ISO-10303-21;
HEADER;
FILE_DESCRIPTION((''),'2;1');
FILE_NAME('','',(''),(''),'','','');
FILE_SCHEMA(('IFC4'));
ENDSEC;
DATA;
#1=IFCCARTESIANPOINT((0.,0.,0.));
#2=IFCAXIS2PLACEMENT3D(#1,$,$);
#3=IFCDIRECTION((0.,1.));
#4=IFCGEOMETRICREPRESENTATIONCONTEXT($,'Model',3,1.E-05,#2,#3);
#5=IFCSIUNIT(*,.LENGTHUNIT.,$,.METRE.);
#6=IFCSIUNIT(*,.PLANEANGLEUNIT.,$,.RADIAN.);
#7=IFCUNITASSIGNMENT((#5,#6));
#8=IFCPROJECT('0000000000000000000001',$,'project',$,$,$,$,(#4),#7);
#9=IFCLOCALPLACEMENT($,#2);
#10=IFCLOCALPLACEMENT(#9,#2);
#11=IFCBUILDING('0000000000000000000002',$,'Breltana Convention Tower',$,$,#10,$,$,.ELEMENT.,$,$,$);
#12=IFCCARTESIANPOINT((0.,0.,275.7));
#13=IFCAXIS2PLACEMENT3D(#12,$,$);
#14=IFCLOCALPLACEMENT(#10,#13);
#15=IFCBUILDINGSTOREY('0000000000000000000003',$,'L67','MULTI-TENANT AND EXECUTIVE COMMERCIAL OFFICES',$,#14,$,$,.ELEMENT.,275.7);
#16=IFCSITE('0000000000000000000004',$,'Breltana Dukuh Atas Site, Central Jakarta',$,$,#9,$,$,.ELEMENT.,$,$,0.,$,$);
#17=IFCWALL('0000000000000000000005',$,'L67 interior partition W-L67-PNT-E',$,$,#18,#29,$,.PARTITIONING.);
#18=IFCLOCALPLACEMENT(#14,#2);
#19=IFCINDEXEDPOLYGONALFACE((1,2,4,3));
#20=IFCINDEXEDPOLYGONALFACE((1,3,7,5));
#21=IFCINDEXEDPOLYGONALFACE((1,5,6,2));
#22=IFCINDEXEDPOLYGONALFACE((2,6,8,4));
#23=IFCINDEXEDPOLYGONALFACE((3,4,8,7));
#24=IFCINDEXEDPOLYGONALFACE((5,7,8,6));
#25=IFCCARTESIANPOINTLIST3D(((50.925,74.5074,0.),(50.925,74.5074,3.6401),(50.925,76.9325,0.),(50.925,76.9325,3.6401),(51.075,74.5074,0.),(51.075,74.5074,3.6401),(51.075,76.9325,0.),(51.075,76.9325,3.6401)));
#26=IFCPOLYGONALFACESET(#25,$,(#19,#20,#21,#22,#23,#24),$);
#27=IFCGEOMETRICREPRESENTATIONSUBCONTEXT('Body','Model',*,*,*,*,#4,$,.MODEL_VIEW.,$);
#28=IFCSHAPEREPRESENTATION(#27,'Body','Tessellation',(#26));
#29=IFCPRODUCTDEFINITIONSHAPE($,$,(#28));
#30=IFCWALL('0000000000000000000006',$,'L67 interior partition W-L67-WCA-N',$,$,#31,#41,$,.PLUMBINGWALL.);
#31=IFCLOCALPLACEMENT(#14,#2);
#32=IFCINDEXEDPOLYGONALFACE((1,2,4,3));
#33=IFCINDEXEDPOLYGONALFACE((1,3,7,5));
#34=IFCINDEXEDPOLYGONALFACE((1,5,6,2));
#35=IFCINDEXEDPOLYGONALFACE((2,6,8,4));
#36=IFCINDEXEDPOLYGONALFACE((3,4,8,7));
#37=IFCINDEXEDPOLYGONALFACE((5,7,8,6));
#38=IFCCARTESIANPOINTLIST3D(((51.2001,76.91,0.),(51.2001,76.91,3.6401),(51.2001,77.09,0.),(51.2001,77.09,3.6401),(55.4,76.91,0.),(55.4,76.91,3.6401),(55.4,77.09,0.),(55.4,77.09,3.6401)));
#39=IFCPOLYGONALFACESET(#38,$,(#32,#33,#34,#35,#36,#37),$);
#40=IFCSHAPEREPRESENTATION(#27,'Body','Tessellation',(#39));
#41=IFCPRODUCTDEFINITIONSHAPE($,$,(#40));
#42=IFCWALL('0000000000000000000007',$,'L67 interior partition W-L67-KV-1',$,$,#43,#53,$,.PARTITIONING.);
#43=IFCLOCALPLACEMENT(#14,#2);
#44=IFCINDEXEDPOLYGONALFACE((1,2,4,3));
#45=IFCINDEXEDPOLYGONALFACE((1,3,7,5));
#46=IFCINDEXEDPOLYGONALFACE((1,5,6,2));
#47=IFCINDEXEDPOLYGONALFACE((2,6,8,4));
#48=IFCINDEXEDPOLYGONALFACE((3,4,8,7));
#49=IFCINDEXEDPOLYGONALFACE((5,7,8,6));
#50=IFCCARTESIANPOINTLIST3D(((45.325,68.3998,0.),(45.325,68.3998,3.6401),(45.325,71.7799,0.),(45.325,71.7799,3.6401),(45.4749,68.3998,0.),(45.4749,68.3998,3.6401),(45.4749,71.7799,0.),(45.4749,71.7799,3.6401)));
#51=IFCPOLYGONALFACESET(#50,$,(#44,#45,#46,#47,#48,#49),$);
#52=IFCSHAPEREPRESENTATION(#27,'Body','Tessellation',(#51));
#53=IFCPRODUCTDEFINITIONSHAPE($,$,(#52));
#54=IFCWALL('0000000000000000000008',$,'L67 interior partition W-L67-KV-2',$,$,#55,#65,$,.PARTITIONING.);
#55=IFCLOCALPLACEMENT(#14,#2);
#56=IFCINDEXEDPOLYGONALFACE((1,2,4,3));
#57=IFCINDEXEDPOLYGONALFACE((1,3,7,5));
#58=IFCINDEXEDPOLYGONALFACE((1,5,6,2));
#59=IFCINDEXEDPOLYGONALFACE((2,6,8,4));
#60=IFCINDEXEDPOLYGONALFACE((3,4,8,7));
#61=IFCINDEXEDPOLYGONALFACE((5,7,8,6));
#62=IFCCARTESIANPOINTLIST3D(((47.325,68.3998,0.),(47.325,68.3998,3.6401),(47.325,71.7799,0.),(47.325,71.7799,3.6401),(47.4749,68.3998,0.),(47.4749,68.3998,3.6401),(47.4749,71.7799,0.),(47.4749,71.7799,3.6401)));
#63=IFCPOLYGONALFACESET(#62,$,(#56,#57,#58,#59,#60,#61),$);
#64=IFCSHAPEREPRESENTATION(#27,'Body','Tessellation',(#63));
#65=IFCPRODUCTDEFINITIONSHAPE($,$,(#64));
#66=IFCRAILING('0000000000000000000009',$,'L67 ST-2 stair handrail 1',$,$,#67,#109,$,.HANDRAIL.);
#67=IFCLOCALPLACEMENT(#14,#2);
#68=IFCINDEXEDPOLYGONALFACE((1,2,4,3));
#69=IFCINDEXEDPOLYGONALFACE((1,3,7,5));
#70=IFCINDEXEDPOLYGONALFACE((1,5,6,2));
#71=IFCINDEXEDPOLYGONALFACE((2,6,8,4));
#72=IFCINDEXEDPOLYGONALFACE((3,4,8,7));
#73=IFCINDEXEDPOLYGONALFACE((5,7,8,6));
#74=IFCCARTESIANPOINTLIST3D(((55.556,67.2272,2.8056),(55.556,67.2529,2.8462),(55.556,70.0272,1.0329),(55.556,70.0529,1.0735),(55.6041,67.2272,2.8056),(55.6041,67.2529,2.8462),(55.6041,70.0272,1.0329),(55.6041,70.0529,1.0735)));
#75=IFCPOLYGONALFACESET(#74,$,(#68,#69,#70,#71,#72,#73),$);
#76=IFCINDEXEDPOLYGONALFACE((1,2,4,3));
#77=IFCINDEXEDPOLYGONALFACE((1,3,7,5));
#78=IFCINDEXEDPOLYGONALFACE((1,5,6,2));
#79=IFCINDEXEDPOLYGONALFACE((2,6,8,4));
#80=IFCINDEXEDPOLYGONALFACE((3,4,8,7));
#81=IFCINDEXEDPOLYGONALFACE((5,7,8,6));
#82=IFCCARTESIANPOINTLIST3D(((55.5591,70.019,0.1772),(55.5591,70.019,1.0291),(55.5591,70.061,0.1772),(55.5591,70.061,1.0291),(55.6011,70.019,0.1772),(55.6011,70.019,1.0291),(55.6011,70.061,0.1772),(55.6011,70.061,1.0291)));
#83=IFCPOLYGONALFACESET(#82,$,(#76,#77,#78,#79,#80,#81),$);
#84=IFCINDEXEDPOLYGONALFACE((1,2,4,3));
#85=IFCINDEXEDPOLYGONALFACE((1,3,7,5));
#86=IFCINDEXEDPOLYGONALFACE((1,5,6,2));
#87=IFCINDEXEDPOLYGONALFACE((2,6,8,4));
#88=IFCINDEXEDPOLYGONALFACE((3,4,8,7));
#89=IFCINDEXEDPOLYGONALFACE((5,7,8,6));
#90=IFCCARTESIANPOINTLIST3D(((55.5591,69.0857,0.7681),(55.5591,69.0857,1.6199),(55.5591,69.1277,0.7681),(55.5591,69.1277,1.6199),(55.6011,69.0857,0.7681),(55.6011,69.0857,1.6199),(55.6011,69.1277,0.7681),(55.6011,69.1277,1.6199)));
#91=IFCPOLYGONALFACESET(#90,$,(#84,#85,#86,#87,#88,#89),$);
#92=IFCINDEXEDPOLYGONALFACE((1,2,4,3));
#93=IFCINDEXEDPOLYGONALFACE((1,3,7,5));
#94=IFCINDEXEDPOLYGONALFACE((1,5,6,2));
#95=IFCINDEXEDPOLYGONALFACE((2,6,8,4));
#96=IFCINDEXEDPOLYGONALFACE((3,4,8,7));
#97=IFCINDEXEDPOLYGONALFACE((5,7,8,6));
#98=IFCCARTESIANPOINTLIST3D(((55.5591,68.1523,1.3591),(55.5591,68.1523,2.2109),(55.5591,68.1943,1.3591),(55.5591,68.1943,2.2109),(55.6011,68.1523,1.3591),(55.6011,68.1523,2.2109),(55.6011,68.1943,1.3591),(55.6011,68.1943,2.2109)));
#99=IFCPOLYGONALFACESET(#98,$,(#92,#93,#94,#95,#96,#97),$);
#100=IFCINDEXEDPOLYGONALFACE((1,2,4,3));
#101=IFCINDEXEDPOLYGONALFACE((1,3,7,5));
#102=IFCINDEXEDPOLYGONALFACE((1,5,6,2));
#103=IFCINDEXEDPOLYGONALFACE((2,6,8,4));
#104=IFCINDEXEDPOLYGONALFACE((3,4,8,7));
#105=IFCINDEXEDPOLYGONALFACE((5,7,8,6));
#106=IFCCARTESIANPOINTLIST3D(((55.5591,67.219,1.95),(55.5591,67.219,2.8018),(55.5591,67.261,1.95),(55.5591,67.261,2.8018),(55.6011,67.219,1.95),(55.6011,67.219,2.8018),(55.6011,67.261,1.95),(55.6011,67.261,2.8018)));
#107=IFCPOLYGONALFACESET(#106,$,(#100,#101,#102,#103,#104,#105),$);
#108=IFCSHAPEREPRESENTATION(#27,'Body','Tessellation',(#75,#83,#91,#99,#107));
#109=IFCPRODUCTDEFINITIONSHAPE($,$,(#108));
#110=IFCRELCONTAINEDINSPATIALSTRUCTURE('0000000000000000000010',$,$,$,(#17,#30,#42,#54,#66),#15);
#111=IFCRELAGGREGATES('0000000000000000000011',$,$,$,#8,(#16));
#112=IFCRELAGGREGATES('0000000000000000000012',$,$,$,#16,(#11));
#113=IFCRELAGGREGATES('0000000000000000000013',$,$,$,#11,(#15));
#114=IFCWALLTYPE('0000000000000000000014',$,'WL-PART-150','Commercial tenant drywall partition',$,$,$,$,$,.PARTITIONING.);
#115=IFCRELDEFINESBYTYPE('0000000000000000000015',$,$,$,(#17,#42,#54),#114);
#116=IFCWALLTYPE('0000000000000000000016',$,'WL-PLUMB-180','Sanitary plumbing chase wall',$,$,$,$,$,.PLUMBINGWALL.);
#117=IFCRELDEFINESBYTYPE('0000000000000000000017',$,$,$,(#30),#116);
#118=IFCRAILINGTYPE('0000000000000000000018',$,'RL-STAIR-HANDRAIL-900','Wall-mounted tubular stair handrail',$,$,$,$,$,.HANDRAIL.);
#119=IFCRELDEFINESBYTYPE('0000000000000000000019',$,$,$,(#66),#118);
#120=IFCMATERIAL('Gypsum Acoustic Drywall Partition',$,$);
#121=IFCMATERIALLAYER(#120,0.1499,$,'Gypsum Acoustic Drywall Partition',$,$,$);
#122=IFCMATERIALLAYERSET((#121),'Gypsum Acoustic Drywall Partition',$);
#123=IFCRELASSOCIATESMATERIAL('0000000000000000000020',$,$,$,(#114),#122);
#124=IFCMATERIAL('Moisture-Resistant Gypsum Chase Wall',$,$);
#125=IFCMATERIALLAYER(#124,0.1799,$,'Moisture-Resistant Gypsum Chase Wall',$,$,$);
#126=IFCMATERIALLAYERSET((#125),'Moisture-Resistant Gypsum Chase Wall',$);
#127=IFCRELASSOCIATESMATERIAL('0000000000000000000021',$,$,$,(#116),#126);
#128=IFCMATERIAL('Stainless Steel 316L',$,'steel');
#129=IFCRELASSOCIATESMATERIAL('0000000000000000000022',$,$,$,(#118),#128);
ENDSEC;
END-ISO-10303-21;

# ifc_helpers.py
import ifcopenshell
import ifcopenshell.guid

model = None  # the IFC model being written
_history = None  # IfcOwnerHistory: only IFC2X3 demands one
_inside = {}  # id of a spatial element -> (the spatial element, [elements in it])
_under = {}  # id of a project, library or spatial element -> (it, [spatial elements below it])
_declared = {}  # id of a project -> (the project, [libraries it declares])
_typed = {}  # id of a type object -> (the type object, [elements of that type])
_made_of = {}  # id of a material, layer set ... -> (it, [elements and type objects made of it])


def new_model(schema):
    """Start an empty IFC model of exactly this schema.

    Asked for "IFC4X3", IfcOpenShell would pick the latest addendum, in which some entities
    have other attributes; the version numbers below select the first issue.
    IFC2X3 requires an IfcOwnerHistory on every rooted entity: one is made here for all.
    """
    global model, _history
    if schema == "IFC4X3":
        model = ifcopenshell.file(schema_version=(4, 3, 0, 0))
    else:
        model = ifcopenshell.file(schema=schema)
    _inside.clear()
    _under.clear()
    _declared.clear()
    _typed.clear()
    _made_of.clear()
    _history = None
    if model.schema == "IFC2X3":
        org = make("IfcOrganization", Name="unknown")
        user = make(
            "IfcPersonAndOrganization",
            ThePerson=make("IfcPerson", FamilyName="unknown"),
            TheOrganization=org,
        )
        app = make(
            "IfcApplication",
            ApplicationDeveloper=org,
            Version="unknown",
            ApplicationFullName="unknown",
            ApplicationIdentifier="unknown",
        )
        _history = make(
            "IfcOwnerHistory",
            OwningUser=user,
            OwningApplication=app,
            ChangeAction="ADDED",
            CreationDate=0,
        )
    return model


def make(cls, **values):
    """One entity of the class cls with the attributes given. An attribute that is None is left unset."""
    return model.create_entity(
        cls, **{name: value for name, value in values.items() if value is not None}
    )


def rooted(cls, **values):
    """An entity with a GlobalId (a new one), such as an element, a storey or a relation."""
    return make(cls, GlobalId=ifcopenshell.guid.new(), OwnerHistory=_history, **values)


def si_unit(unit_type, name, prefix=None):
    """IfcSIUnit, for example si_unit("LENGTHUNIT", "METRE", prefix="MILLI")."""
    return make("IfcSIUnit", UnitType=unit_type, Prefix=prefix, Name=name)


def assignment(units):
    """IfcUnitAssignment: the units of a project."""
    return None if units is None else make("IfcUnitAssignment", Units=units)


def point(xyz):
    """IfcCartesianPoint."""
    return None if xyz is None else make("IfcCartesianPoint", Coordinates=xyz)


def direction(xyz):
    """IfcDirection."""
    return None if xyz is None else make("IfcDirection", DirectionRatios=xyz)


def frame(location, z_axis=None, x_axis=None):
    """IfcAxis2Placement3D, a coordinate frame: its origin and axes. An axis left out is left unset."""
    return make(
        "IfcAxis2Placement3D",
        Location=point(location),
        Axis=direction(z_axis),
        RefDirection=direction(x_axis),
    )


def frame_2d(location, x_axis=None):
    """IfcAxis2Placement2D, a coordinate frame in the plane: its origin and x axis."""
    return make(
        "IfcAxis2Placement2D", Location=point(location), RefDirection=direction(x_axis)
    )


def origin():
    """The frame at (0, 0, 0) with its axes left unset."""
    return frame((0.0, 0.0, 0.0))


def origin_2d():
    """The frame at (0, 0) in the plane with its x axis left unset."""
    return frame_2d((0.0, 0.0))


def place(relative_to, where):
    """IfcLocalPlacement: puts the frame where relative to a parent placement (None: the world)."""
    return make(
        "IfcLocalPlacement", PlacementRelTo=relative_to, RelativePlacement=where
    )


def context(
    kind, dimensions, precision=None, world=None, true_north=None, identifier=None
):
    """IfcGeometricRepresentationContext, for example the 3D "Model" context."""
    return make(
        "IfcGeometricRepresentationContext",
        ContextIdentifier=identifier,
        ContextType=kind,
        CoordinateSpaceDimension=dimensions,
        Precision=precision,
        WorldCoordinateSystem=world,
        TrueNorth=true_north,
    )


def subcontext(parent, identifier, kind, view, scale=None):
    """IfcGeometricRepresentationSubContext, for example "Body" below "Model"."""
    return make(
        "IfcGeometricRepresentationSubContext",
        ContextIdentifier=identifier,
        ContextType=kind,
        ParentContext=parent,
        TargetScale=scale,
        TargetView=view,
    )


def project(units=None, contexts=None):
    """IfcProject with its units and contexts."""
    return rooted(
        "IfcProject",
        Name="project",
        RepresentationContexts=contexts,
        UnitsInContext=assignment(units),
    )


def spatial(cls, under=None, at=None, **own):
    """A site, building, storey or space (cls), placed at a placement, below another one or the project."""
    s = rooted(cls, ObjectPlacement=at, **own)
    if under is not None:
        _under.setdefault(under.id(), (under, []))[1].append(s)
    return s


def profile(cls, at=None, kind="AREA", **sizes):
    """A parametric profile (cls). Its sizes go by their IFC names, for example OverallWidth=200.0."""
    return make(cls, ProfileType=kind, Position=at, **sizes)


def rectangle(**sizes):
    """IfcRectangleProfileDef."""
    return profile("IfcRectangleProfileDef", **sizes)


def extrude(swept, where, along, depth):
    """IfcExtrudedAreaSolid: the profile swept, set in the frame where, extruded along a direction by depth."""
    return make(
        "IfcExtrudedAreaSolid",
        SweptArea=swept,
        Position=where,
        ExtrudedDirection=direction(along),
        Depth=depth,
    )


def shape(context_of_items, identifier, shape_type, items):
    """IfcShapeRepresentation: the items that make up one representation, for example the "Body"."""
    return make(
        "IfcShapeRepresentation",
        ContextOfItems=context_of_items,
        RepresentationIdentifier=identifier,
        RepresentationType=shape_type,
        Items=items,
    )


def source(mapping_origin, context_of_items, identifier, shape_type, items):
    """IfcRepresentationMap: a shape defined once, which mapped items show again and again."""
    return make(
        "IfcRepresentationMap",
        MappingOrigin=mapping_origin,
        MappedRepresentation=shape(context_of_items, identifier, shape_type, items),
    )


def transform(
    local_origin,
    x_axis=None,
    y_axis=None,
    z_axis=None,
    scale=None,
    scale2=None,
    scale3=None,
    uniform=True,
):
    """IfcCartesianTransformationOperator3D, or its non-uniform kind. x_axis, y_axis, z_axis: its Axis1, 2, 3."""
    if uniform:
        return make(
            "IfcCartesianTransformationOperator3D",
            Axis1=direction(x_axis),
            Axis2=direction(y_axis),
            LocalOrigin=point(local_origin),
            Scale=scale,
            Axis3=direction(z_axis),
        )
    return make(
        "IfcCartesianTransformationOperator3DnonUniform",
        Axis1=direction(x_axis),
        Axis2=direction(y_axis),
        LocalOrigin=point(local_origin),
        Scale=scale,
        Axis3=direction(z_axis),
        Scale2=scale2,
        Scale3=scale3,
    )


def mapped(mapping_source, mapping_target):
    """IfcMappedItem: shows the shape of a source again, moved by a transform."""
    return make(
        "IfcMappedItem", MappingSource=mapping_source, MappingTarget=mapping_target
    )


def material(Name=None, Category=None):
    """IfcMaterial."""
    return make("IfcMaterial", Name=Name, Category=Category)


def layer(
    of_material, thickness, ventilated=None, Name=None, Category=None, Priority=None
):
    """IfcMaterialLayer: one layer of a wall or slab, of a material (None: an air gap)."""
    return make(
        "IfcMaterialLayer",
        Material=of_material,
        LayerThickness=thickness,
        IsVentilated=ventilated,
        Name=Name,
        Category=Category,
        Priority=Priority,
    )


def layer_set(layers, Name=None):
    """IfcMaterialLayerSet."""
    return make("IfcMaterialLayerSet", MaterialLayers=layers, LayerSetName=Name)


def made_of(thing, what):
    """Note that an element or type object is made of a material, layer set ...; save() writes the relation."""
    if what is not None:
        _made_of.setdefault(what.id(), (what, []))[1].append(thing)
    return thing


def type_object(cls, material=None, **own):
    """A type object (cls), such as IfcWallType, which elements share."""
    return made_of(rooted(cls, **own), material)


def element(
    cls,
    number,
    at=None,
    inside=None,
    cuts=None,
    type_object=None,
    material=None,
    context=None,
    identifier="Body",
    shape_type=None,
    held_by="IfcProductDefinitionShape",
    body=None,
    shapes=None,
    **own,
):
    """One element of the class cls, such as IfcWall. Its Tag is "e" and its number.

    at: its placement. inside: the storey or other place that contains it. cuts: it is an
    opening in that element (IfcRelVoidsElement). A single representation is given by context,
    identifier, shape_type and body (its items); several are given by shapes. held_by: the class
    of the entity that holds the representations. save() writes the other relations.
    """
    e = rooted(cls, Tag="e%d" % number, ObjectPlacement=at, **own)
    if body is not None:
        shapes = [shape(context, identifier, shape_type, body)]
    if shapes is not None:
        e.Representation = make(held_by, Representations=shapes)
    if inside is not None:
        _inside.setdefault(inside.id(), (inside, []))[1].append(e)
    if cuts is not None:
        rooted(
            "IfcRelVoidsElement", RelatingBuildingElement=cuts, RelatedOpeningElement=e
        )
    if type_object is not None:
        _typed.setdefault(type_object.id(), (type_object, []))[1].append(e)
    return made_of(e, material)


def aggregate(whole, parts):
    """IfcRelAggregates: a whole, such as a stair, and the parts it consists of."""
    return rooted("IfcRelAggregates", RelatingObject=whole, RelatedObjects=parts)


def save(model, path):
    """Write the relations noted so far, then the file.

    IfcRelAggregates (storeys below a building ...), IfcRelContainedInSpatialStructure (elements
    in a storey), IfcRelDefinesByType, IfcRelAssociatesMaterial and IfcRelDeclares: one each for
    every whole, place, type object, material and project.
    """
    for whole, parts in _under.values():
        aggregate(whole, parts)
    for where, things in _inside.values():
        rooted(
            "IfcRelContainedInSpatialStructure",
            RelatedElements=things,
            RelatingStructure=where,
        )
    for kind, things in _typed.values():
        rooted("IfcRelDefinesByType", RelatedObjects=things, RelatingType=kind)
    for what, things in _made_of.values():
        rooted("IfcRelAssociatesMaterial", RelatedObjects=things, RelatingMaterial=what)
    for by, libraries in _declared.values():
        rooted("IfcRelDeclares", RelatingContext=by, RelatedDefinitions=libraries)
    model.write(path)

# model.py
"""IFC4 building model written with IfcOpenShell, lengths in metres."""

from ifc_helpers import new_model, si_unit, direction, frame, frame_2d, origin, origin_2d, place, context, subcontext, project, spatial, rectangle, extrude, source, transform, mapped, material, layer, layer_set, type_object, element, save


model = new_model("IFC4")

# Units and contexts
model_context = context("Model", 3, precision=1e-05, world=origin(), true_north=direction((0.0, 1.0)))
body_context = subcontext(model_context, "Body", "Model", "MODEL_VIEW")
ifc_project = project(units=[si_unit("LENGTHUNIT", "METRE"), si_unit("PLANEANGLEUNIT", "RADIAN")], contexts=[model_context])

# Site, building, storey
site_placement = place(None, origin())
site = spatial("IfcSite", under=ifc_project, at=site_placement, Name="Breltana Dukuh Atas Site, Central Jakarta", CompositionType="ELEMENT", RefElevation=0.0)
building_placement = place(site_placement, origin())
building = spatial("IfcBuilding", under=site, at=building_placement, Name="Breltana Convention Tower", CompositionType="ELEMENT")
storey_placement = place(building_placement, frame((0.0, 0.0, 275.7)))
storey = spatial("IfcBuildingStorey", under=building, at=storey_placement, Name="L67", Description="MULTI-TENANT AND EXECUTIVE COMMERCIAL OFFICES", CompositionType="ELEMENT", Elevation=275.7)

# Shared definitions
ifc_material_1 = material(Name="Gypsum Acoustic Drywall Partition")
ifc_layer_1 = layer(ifc_material_1, 0.1499, Name="Gypsum Acoustic Drywall Partition")
ifc_layer_set_1 = layer_set([ifc_layer_1], Name="Gypsum Acoustic Drywall Partition")
wall_type_1 = type_object("IfcWallType", Name="WL-PART-150", Description="Commercial tenant drywall partition", PredefinedType="PARTITIONING", material=ifc_layer_set_1)

# Wall
shared_shape_1 = source(origin(), body_context, "Body", "SweptSolid", [
    extrude(rectangle(XDim=2.425, YDim=0.1499, at=frame_2d((1.2124, 0.0))), origin(), (0.0, 0.0, 1.0), 3.6401),
])
wall_1_placement = place(storey_placement, frame((51.0, 74.5076, 0.0), z_axis=(0.0, 0.0, 1.0), x_axis=(0.0, 1.0, 0.0)))
element("IfcWall", 1, at=wall_1_placement, inside=storey, type_object=wall_type_1, Name="L67 interior partition W-L67-PNT-E", PredefinedType="PARTITIONING", context=body_context, shape_type="MappedRepresentation", body=[
    mapped(shared_shape_1, transform((0.0, 0.0, 0.0), scale=1.0)),
])

# Walls
ifc_material_2 = material(Name="Moisture-Resistant Gypsum Chase Wall")
ifc_layer_2 = layer(ifc_material_2, 0.1799, Name="Moisture-Resistant Gypsum Chase Wall")
ifc_layer_set_2 = layer_set([ifc_layer_2], Name="Moisture-Resistant Gypsum Chase Wall")
wall_type_2 = type_object("IfcWallType", Name="WL-PLUMB-180", Description="Sanitary plumbing chase wall", PredefinedType="PLUMBINGWALL", material=ifc_layer_set_2)
shared_shape_2 = source(origin(), body_context, "Body", "SweptSolid", [
    extrude(rectangle(XDim=4.2, YDim=0.1799, at=frame_2d((2.1001, 0.0))), origin(), (0.0, 0.0, 1.0), 3.6401),
])
wall_2_placement = place(storey_placement, frame((51.2, 77.0, 0.0), z_axis=(0.0, 0.0, 1.0), x_axis=(1.0, 0.0, 0.0)))
element("IfcWall", 2, at=wall_2_placement, inside=storey, type_object=wall_type_2, Name="L67 interior partition W-L67-WCA-N", PredefinedType="PLUMBINGWALL", context=body_context, shape_type="MappedRepresentation", body=[
    mapped(shared_shape_2, transform((0.0, 0.0, 0.0), scale=1.0)),
])
shared_shape_3 = source(origin(), body_context, "Body", "SweptSolid", [
    extrude(rectangle(XDim=3.3801, YDim=0.1499, at=frame_2d((1.6899, 0.0))), origin(), (0.0, 0.0, 1.0), 3.6401),
])
for number, where, z_axis, x_axis, name in (
    (3, (45.3999, 68.3999, 0.0), (0.0, 0.0, 1.0), (0.0, 1.0, 0.0), "L67 interior partition W-L67-KV-1"),
    (4, (47.3999, 68.3999, 0.0), (0.0, 0.0, 1.0), (0.0, 1.0, 0.0), "L67 interior partition W-L67-KV-2"),
):
    element("IfcWall", number, at=place(storey_placement, frame(where, z_axis=z_axis, x_axis=x_axis)), inside=storey, type_object=wall_type_1, Name=name, PredefinedType="PARTITIONING", context=body_context, shape_type="MappedRepresentation", body=[
        mapped(shared_shape_3, transform((0.0, 0.0, 0.0), scale=1.0)),
    ])

# Railing
ifc_material_3 = material(Name="Stainless Steel 316L", Category="steel")
railing_type = type_object("IfcRailingType", Name="RL-STAIR-HANDRAIL-900", Description="Wall-mounted tubular stair handrail", PredefinedType="HANDRAIL", material=ifc_material_3)
railing_placement = place(storey_placement, frame((55.5801, 70.04, 0.1772)))
element("IfcRailing", 5, at=railing_placement, inside=storey, type_object=railing_type, Name="L67 ST-2 stair handrail 1", PredefinedType="HANDRAIL", context=body_context, shape_type="SweptSolid", body=[
    extrude(rectangle(XDim=0.0481, YDim=0.0481, at=origin_2d()), frame((0.0, 0.0, 0.876), z_axis=(0.0, -0.844909, 0.53491), x_axis=(1.0, 0.0, 0.0)), (0.0, 0.0, 1.0), 3.314),
    extrude(rectangle(XDim=0.042, YDim=0.042, at=origin_2d()), origin(), (0.0, 0.0, 1.0), 0.8518),
    extrude(rectangle(XDim=0.042, YDim=0.042, at=origin_2d()), frame((0.0, -0.9333, 0.5908)), (0.0, 0.0, 1.0), 0.8518),
    extrude(rectangle(XDim=0.042, YDim=0.042, at=origin_2d()), frame((0.0, -1.8667, 1.1819)), (0.0, 0.0, 1.0), 0.8518),
    extrude(rectangle(XDim=0.042, YDim=0.042, at=origin_2d()), frame((0.0, -2.8, 1.7727)), (0.0, 0.0, 1.0), 0.8518),
])

save(model, "model.ifc")
